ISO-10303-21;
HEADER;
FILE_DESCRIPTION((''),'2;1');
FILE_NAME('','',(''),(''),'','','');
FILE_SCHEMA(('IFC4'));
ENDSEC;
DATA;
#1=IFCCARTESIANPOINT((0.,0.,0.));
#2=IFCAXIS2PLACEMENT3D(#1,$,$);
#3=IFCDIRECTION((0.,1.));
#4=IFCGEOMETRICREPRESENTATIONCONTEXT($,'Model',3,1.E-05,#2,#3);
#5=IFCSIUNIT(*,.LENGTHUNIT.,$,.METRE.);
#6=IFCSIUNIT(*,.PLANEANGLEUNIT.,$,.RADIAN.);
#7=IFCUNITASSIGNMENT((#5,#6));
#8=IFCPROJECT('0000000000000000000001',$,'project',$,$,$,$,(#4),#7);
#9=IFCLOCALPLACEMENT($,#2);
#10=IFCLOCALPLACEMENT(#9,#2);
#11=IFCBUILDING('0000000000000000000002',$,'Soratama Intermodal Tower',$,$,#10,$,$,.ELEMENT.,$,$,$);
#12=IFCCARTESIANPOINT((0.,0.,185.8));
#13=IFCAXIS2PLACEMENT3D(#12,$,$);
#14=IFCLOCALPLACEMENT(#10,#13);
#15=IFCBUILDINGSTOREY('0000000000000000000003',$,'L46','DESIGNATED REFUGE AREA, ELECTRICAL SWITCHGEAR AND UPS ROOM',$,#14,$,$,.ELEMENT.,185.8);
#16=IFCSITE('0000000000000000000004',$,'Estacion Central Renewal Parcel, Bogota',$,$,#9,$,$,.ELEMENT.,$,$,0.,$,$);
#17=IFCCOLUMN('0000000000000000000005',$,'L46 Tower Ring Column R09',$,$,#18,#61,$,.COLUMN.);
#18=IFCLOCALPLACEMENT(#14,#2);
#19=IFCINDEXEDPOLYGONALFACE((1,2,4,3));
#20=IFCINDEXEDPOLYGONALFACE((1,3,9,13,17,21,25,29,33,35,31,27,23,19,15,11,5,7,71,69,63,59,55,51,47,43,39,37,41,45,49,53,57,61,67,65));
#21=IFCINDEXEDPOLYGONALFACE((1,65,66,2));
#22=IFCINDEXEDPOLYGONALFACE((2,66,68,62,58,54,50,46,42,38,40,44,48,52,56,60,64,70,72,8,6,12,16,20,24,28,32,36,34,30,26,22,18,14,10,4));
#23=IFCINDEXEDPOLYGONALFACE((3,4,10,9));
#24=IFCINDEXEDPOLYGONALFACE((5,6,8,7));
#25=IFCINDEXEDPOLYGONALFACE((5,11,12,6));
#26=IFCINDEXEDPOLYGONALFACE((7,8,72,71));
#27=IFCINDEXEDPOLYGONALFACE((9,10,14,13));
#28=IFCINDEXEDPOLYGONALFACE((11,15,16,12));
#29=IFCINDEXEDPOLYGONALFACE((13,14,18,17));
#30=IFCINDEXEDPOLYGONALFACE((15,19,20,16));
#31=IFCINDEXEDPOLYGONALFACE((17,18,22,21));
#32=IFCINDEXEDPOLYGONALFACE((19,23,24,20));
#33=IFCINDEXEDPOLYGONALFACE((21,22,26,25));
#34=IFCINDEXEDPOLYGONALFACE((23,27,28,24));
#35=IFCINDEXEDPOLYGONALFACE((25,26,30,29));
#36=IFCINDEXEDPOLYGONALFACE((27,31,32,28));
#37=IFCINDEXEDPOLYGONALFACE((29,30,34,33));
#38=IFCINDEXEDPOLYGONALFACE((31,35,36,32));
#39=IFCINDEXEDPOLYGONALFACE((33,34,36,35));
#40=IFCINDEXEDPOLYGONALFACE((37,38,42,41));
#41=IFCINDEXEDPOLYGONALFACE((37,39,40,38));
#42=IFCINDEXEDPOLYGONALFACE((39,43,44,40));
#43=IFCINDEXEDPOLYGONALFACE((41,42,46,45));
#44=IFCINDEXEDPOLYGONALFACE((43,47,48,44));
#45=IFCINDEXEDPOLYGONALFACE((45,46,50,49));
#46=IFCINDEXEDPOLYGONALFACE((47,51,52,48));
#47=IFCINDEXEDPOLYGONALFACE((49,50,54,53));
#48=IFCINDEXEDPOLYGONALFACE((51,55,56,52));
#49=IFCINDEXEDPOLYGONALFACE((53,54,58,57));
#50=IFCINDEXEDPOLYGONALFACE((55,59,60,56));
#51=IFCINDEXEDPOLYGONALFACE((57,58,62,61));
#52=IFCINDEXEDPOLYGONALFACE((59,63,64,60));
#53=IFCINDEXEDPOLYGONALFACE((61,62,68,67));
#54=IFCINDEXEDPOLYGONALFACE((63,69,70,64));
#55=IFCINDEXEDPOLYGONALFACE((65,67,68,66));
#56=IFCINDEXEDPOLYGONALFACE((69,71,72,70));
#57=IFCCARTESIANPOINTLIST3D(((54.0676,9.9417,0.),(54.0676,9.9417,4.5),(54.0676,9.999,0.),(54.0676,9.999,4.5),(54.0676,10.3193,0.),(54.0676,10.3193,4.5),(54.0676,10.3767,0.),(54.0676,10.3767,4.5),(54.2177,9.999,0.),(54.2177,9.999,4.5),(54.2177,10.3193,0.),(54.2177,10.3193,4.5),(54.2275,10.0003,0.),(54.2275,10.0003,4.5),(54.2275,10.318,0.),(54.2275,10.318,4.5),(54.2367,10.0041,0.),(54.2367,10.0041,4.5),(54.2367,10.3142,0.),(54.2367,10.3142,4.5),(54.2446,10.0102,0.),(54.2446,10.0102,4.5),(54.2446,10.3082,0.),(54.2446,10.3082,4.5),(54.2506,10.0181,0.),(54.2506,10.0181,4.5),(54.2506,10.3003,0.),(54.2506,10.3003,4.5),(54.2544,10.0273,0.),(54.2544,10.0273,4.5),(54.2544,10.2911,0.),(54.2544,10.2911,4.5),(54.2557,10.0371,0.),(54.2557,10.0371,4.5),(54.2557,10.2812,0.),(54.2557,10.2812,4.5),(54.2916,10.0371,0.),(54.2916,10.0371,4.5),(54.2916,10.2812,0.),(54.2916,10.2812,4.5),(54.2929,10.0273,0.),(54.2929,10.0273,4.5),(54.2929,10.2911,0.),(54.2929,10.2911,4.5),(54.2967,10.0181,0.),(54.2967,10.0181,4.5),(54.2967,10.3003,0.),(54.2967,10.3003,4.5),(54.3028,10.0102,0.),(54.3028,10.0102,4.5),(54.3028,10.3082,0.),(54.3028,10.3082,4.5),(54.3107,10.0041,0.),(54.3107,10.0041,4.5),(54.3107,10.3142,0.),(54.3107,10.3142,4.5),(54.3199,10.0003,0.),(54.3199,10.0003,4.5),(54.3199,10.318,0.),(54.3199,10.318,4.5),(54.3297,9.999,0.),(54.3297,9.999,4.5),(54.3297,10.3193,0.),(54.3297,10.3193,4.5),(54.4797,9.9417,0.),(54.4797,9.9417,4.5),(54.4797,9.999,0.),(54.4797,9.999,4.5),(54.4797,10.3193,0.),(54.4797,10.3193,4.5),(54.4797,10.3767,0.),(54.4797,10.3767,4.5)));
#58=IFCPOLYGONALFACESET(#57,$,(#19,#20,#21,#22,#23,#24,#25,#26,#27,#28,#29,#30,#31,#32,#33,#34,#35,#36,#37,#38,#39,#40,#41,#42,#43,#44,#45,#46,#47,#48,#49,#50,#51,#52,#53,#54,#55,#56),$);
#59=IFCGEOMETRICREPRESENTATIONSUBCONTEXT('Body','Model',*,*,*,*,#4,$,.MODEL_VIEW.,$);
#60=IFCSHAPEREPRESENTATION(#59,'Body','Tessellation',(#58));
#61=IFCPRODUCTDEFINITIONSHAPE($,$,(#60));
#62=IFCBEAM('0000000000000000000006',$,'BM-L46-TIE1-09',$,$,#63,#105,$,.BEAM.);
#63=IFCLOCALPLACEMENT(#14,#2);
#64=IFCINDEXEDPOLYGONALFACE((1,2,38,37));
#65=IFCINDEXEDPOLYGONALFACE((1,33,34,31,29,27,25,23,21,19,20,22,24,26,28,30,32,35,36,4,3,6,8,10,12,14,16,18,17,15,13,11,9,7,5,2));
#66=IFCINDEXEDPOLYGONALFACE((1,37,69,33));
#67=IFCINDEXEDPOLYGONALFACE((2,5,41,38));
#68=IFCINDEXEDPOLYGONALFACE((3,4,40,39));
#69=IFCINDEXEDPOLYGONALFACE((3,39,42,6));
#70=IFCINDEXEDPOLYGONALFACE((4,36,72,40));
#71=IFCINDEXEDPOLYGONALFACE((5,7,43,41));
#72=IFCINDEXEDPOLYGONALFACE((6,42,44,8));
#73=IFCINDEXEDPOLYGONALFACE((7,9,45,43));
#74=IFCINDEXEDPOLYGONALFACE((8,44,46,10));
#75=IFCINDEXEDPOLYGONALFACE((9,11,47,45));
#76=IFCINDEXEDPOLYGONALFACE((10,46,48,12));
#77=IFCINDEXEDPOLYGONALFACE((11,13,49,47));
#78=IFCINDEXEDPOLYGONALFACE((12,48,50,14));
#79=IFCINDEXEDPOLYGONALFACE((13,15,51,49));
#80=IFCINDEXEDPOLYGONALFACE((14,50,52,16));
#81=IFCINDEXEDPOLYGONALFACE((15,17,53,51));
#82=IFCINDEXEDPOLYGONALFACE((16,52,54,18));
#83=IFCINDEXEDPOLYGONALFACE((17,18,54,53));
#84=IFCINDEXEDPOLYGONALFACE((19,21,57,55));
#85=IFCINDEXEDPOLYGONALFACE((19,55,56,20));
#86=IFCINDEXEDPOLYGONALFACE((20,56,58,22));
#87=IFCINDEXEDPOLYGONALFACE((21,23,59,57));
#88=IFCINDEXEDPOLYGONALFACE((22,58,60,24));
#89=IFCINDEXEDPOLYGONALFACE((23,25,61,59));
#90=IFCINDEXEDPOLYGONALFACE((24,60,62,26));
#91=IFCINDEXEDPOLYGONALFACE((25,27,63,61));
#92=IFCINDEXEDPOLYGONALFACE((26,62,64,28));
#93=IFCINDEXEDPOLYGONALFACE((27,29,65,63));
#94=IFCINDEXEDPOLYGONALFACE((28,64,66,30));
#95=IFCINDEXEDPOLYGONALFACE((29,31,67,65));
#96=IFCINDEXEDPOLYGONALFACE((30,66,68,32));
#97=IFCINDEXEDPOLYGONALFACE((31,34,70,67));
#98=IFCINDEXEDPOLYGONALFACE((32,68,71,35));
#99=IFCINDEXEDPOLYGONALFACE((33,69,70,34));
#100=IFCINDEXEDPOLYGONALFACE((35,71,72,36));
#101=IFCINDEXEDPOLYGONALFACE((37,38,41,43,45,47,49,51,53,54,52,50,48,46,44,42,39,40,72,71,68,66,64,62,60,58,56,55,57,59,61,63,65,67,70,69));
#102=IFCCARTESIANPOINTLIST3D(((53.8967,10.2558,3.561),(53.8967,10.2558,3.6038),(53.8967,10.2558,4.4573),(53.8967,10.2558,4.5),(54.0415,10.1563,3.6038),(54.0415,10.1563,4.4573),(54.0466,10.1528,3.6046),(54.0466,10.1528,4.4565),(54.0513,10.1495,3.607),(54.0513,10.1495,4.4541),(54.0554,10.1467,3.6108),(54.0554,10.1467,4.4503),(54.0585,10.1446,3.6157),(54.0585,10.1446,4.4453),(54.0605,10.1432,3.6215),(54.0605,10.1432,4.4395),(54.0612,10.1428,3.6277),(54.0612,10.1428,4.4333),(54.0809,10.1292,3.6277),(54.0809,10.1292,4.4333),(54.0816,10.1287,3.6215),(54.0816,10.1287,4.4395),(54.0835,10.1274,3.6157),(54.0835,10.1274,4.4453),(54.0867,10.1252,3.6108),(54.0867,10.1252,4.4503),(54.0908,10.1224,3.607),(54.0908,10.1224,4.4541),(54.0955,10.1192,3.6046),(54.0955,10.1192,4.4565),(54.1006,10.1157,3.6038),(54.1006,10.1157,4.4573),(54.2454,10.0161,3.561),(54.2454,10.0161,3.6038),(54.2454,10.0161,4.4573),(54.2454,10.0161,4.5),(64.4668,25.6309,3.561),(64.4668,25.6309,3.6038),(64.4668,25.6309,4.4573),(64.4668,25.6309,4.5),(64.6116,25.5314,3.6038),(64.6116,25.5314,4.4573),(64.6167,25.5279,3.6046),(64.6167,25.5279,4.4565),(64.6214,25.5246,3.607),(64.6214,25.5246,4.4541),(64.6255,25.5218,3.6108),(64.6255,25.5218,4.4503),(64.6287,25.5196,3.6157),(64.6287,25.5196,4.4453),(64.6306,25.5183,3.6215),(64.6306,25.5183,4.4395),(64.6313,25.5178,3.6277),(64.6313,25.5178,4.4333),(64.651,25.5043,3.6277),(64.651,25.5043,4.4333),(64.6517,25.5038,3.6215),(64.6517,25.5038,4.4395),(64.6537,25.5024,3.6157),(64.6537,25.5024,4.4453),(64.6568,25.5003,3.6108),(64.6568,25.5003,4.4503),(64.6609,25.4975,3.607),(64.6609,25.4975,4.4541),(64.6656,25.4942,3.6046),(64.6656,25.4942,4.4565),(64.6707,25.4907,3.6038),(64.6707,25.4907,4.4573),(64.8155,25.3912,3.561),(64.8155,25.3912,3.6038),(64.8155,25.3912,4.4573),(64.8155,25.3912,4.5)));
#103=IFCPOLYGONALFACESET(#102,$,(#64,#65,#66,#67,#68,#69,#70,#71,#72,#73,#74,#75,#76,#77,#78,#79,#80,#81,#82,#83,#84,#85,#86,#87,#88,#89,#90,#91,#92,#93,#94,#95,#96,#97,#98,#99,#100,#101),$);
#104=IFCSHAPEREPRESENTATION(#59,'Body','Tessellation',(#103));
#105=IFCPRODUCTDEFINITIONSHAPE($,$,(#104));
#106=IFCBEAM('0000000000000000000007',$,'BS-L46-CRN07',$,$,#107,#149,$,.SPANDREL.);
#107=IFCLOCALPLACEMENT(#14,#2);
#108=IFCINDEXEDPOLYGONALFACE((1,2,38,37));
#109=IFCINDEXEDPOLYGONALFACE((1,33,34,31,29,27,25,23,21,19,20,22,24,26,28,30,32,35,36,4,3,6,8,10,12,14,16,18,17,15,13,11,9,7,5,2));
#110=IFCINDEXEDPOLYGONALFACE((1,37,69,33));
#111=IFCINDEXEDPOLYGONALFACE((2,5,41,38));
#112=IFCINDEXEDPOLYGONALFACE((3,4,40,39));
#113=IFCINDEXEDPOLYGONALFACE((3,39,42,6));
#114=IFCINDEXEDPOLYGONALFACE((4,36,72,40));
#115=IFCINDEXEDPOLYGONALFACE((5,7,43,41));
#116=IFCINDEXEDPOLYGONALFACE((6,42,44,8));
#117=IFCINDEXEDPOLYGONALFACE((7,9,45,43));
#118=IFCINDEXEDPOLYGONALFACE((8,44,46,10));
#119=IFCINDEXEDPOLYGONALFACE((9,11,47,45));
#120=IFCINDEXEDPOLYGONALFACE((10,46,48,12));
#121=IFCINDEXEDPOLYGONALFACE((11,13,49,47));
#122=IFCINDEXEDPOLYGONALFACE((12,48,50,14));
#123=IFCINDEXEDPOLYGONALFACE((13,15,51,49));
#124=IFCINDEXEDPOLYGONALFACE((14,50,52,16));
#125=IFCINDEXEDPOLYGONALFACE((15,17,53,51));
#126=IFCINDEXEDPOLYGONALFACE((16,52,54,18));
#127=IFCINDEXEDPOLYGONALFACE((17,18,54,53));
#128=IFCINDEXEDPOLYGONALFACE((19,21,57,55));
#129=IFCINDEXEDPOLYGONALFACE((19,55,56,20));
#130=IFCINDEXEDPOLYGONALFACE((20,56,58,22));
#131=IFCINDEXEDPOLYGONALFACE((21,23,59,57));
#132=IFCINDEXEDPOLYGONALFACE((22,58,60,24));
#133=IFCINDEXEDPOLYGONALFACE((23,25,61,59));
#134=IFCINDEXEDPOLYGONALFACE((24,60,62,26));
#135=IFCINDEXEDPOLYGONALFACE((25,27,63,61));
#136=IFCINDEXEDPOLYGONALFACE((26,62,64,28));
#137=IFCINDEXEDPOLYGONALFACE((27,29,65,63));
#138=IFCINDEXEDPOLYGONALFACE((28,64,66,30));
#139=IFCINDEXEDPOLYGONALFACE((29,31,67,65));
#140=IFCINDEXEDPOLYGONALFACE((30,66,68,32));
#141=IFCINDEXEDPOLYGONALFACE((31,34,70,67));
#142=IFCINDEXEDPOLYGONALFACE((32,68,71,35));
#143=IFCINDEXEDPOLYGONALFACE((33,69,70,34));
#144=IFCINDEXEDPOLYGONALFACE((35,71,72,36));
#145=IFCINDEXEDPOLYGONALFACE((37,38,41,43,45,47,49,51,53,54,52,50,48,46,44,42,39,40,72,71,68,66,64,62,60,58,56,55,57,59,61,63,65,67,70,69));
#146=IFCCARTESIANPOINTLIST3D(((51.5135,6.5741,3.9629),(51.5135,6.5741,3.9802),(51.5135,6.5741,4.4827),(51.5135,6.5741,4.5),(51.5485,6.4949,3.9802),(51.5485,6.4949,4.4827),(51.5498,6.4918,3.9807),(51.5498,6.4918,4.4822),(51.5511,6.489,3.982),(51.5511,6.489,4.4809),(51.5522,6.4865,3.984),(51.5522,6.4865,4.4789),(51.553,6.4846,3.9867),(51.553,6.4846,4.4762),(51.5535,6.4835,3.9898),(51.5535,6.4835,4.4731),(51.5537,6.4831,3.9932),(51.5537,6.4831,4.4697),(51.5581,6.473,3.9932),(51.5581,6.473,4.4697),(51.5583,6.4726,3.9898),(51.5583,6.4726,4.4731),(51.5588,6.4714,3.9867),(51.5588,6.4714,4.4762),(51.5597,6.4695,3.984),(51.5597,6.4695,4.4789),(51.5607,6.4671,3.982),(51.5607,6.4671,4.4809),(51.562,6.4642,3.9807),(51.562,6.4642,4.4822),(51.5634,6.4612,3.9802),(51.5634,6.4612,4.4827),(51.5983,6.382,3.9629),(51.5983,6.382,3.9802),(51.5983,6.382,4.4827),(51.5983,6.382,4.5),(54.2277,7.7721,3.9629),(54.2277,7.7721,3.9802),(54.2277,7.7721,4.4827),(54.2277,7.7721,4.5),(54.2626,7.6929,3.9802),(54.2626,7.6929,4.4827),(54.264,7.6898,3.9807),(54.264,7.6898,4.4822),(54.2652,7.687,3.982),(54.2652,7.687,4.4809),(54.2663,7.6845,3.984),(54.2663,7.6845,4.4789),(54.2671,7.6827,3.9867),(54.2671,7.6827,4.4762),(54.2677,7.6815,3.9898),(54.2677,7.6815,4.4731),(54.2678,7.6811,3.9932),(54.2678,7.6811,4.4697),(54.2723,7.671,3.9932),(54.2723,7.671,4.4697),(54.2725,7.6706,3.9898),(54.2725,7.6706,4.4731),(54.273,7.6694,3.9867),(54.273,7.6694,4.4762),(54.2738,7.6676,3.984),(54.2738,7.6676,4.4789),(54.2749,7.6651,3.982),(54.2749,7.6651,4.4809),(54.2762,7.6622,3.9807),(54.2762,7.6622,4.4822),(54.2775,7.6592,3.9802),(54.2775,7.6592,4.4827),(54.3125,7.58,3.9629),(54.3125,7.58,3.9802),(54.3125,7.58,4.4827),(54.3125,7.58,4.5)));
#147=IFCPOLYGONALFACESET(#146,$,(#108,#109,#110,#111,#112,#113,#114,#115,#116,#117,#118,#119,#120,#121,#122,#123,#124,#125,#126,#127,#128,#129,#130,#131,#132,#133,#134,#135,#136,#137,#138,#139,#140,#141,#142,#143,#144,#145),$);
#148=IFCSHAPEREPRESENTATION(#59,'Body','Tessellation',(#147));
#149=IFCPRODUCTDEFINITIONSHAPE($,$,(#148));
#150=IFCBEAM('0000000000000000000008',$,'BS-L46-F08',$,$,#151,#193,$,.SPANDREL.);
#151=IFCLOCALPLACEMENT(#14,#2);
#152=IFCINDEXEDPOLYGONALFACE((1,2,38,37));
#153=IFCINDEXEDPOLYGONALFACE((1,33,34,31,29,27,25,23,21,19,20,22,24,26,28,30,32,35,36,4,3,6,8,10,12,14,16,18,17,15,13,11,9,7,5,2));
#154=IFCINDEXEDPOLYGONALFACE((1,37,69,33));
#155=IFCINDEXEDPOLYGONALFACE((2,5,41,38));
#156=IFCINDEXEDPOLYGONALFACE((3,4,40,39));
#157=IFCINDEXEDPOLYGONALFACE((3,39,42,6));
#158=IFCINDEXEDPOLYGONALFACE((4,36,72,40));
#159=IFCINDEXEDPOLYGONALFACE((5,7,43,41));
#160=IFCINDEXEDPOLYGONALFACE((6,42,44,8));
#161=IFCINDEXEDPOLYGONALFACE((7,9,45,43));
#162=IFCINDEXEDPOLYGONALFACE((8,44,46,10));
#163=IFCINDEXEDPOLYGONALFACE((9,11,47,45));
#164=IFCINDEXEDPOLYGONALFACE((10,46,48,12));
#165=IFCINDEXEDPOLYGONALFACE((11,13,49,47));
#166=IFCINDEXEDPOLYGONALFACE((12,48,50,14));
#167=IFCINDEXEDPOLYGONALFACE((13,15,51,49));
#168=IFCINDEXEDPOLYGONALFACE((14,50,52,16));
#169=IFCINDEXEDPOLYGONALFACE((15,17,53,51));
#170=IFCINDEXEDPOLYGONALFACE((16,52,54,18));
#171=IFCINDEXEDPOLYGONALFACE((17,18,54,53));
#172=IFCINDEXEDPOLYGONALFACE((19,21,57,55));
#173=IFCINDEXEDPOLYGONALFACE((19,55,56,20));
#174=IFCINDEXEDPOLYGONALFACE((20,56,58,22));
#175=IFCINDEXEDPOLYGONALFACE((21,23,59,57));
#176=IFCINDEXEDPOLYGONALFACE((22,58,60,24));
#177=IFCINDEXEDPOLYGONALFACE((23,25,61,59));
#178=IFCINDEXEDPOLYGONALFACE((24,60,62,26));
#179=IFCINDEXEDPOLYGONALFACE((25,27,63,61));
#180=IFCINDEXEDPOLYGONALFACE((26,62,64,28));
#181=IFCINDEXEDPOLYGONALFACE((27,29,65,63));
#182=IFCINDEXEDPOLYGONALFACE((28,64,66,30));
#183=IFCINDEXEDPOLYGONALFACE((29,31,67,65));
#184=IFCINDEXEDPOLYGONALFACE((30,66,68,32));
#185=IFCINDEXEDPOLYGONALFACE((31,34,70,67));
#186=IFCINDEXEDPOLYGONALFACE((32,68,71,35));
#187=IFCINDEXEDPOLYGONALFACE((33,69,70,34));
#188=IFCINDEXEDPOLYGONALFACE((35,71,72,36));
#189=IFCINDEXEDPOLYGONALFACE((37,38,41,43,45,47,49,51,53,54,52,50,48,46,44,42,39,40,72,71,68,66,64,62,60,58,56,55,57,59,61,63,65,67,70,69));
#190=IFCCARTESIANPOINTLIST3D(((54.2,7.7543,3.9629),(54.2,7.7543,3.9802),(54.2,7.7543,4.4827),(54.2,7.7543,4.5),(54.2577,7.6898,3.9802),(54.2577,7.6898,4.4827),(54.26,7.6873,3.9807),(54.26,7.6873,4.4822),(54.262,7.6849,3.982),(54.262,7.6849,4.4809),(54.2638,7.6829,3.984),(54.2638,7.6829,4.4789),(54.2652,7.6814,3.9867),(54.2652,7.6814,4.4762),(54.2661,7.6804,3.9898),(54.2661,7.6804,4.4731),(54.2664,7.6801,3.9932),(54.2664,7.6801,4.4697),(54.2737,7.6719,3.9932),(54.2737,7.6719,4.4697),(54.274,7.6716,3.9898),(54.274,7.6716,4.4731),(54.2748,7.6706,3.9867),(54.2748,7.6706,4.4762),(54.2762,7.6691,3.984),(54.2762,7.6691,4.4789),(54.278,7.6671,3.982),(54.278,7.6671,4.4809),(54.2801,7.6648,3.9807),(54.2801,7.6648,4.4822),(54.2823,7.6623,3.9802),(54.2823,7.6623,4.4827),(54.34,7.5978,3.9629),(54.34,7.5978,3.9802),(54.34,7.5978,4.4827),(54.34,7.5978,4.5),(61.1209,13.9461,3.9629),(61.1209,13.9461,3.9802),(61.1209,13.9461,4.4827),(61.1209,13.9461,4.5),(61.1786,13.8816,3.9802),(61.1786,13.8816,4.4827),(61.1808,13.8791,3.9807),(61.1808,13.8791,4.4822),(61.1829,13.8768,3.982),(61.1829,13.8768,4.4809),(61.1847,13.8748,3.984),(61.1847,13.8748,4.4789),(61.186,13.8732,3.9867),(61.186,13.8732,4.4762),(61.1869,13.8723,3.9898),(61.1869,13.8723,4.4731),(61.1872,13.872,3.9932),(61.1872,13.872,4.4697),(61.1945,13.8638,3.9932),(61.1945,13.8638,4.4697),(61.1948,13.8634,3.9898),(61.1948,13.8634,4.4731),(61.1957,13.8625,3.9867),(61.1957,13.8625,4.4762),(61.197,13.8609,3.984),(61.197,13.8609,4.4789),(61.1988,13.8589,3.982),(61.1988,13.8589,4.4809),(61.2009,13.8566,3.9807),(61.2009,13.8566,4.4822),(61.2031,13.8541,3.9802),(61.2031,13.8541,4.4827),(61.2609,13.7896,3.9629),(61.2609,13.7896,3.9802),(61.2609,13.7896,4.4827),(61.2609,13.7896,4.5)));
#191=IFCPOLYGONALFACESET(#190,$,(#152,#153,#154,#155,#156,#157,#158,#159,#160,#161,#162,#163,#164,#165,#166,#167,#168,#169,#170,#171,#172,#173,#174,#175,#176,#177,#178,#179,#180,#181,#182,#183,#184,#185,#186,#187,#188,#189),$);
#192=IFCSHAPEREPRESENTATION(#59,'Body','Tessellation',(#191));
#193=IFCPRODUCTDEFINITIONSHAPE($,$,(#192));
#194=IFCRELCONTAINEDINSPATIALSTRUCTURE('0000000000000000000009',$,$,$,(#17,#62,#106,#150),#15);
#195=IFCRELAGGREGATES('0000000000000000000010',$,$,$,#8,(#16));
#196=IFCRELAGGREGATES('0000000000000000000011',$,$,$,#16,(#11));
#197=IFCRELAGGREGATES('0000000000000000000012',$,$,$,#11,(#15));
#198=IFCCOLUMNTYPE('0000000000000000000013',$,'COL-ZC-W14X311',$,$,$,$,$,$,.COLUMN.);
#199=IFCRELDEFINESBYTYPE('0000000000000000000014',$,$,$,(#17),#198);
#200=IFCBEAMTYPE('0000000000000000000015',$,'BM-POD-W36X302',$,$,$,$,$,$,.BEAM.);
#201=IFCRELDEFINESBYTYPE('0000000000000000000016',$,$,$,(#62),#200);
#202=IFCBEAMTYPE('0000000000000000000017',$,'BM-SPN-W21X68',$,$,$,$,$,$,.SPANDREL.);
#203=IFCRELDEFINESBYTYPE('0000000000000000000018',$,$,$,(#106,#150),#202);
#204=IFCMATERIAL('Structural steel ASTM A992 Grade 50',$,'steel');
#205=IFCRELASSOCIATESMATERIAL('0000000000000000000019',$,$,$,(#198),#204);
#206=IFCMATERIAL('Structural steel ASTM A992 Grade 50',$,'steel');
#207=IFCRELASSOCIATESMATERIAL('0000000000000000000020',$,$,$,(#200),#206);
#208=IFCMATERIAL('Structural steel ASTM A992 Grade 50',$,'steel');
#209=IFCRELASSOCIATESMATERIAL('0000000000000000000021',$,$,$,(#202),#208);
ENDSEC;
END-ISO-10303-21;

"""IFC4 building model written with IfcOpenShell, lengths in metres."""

from ifc_helpers import new_model, si_unit, direction, frame, origin, origin_2d, place, context, subcontext, project, spatial, i_section, extrude, material, material_profile, profile_set, type_object, element, save


model = new_model("IFC4")

# Units and contexts
model_context = context("Model", 3, precision=1e-05, world=origin(), true_north=direction((0.0, 1.0)))
body_context = subcontext(model_context, "Body", "Model", "MODEL_VIEW")
ifc_project = project(units=[si_unit("LENGTHUNIT", "METRE"), si_unit("PLANEANGLEUNIT", "RADIAN")], contexts=[model_context])

# Site, building, storey
site_placement = place(None, origin())
site = spatial("IfcSite", under=ifc_project, at=site_placement, Name="Estacion Central Renewal Parcel, Bogota", CompositionType="ELEMENT", RefElevation=0.0)
building_placement = place(site_placement, origin())
building = spatial("IfcBuilding", under=site, at=building_placement, Name="Soratama Intermodal Tower", CompositionType="ELEMENT")
storey_placement = place(building_placement, frame((0.0, 0.0, 185.8)))
storey = spatial("IfcBuildingStorey", under=building, at=storey_placement, Name="L46", Description="DESIGNATED REFUGE AREA, ELECTRICAL SWITCHGEAR AND UPS ROOM", CompositionType="ELEMENT", Elevation=185.8)

# Column
ifc_material_1 = material(Name="Structural steel ASTM A992 Grade 50", Category="steel")
ifc_material_profile_1 = material_profile(ifc_material_1, i_section(OverallWidth=0.4121, OverallDepth=0.4351, WebThickness=0.0359, FlangeThickness=0.0574, FilletRadius=0.0381, at=origin_2d()), Name="W14X311")
ifc_profile_set_1 = profile_set([ifc_material_profile_1], Name="Structural steel ASTM A992 Grade 50")
column_type = type_object("IfcColumnType", Name="COL-ZC-W14X311", PredefinedType="COLUMN", material=ifc_profile_set_1)
column_placement = place(storey_placement, frame((54.2737, 10.1592, 0.0), z_axis=(0.0, 0.0, 1.0), x_axis=(1.0, 0.0, 0.0)))
element("IfcColumn", 1, at=column_placement, inside=storey, type_object=column_type, Name="L46 Tower Ring Column R09", PredefinedType="COLUMN", context=body_context, shape_type="SweptSolid", body=[
    extrude(i_section(OverallWidth=0.4121, OverallDepth=0.4351, WebThickness=0.0359, FlangeThickness=0.0574, FilletRadius=0.0381, at=origin_2d()), origin(), (0.0, 0.0, 1.0), 4.5),
])

# Beams
ifc_material_2 = material(Name="Structural steel ASTM A992 Grade 50", Category="steel")
ifc_material_profile_2 = material_profile(ifc_material_2, i_section(OverallWidth=0.4231, OverallDepth=0.939, WebThickness=0.0239, FlangeThickness=0.0427, FilletRadius=0.0239, at=origin_2d()), Name="W36X302")
ifc_profile_set_2 = profile_set([ifc_material_profile_2], Name="Structural steel ASTM A992 Grade 50")
beam_type_1 = type_object("IfcBeamType", Name="BM-POD-W36X302", PredefinedType="BEAM", material=ifc_profile_set_2)
beam_1_placement = place(storey_placement, frame((54.071, 10.136, 4.0305), z_axis=(0.56652, 0.824048, 0.0), x_axis=(-0.824048, 0.56652, 0.0)))
element("IfcBeam", 2, at=beam_1_placement, inside=storey, type_object=beam_type_1, Name="BM-L46-TIE1-09", PredefinedType="BEAM", context=body_context, shape_type="SweptSolid", body=[
    extrude(i_section(OverallWidth=0.4231, OverallDepth=0.939, WebThickness=0.0239, FlangeThickness=0.0427, FilletRadius=0.0239, at=origin_2d()), origin(), (0.0, 0.0, 1.0), 18.658),
])
ifc_material_3 = material(Name="Structural steel ASTM A992 Grade 50", Category="steel")
ifc_material_profile_3 = material_profile(ifc_material_3, i_section(OverallWidth=0.21, OverallDepth=0.5371, WebThickness=0.011, FlangeThickness=0.0173, FilletRadius=0.0129, at=origin_2d()), Name="W21X68")
ifc_profile_set_3 = profile_set([ifc_material_profile_3], Name="Structural steel ASTM A992 Grade 50")
beam_type_2 = type_object("IfcBeamType", Name="BM-SPN-W21X68", PredefinedType="SPANDREL", material=ifc_profile_set_3)
beam_2_placement = place(storey_placement, frame((51.5559, 6.478, 4.2314), z_axis=(0.914844, 0.403808, 0.0), x_axis=(-0.403808, 0.914844, 0.0)))
element("IfcBeam", 3, at=beam_2_placement, inside=storey, type_object=beam_type_2, Name="BS-L46-CRN07", PredefinedType="SPANDREL", context=body_context, shape_type="SweptSolid", body=[
    extrude(i_section(OverallWidth=0.21, OverallDepth=0.5371, WebThickness=0.011, FlangeThickness=0.0173, FilletRadius=0.0129, at=origin_2d()), origin(), (0.0, 0.0, 1.0), 2.9668),
])
beam_3_placement = place(storey_placement, frame((54.27, 7.676, 4.2314), z_axis=(0.745267, 0.666766, 0.0), x_axis=(-0.666766, 0.745267, 0.0)))
element("IfcBeam", 4, at=beam_3_placement, inside=storey, type_object=beam_type_2, Name="BS-L46-F08", PredefinedType="SPANDREL", context=body_context, shape_type="SweptSolid", body=[
    extrude(i_section(OverallWidth=0.21, OverallDepth=0.5371, WebThickness=0.011, FlangeThickness=0.0173, FilletRadius=0.0129, at=origin_2d()), origin(), (0.0, 0.0, 1.0), 9.2864),
])

save(model, "model.ifc")
